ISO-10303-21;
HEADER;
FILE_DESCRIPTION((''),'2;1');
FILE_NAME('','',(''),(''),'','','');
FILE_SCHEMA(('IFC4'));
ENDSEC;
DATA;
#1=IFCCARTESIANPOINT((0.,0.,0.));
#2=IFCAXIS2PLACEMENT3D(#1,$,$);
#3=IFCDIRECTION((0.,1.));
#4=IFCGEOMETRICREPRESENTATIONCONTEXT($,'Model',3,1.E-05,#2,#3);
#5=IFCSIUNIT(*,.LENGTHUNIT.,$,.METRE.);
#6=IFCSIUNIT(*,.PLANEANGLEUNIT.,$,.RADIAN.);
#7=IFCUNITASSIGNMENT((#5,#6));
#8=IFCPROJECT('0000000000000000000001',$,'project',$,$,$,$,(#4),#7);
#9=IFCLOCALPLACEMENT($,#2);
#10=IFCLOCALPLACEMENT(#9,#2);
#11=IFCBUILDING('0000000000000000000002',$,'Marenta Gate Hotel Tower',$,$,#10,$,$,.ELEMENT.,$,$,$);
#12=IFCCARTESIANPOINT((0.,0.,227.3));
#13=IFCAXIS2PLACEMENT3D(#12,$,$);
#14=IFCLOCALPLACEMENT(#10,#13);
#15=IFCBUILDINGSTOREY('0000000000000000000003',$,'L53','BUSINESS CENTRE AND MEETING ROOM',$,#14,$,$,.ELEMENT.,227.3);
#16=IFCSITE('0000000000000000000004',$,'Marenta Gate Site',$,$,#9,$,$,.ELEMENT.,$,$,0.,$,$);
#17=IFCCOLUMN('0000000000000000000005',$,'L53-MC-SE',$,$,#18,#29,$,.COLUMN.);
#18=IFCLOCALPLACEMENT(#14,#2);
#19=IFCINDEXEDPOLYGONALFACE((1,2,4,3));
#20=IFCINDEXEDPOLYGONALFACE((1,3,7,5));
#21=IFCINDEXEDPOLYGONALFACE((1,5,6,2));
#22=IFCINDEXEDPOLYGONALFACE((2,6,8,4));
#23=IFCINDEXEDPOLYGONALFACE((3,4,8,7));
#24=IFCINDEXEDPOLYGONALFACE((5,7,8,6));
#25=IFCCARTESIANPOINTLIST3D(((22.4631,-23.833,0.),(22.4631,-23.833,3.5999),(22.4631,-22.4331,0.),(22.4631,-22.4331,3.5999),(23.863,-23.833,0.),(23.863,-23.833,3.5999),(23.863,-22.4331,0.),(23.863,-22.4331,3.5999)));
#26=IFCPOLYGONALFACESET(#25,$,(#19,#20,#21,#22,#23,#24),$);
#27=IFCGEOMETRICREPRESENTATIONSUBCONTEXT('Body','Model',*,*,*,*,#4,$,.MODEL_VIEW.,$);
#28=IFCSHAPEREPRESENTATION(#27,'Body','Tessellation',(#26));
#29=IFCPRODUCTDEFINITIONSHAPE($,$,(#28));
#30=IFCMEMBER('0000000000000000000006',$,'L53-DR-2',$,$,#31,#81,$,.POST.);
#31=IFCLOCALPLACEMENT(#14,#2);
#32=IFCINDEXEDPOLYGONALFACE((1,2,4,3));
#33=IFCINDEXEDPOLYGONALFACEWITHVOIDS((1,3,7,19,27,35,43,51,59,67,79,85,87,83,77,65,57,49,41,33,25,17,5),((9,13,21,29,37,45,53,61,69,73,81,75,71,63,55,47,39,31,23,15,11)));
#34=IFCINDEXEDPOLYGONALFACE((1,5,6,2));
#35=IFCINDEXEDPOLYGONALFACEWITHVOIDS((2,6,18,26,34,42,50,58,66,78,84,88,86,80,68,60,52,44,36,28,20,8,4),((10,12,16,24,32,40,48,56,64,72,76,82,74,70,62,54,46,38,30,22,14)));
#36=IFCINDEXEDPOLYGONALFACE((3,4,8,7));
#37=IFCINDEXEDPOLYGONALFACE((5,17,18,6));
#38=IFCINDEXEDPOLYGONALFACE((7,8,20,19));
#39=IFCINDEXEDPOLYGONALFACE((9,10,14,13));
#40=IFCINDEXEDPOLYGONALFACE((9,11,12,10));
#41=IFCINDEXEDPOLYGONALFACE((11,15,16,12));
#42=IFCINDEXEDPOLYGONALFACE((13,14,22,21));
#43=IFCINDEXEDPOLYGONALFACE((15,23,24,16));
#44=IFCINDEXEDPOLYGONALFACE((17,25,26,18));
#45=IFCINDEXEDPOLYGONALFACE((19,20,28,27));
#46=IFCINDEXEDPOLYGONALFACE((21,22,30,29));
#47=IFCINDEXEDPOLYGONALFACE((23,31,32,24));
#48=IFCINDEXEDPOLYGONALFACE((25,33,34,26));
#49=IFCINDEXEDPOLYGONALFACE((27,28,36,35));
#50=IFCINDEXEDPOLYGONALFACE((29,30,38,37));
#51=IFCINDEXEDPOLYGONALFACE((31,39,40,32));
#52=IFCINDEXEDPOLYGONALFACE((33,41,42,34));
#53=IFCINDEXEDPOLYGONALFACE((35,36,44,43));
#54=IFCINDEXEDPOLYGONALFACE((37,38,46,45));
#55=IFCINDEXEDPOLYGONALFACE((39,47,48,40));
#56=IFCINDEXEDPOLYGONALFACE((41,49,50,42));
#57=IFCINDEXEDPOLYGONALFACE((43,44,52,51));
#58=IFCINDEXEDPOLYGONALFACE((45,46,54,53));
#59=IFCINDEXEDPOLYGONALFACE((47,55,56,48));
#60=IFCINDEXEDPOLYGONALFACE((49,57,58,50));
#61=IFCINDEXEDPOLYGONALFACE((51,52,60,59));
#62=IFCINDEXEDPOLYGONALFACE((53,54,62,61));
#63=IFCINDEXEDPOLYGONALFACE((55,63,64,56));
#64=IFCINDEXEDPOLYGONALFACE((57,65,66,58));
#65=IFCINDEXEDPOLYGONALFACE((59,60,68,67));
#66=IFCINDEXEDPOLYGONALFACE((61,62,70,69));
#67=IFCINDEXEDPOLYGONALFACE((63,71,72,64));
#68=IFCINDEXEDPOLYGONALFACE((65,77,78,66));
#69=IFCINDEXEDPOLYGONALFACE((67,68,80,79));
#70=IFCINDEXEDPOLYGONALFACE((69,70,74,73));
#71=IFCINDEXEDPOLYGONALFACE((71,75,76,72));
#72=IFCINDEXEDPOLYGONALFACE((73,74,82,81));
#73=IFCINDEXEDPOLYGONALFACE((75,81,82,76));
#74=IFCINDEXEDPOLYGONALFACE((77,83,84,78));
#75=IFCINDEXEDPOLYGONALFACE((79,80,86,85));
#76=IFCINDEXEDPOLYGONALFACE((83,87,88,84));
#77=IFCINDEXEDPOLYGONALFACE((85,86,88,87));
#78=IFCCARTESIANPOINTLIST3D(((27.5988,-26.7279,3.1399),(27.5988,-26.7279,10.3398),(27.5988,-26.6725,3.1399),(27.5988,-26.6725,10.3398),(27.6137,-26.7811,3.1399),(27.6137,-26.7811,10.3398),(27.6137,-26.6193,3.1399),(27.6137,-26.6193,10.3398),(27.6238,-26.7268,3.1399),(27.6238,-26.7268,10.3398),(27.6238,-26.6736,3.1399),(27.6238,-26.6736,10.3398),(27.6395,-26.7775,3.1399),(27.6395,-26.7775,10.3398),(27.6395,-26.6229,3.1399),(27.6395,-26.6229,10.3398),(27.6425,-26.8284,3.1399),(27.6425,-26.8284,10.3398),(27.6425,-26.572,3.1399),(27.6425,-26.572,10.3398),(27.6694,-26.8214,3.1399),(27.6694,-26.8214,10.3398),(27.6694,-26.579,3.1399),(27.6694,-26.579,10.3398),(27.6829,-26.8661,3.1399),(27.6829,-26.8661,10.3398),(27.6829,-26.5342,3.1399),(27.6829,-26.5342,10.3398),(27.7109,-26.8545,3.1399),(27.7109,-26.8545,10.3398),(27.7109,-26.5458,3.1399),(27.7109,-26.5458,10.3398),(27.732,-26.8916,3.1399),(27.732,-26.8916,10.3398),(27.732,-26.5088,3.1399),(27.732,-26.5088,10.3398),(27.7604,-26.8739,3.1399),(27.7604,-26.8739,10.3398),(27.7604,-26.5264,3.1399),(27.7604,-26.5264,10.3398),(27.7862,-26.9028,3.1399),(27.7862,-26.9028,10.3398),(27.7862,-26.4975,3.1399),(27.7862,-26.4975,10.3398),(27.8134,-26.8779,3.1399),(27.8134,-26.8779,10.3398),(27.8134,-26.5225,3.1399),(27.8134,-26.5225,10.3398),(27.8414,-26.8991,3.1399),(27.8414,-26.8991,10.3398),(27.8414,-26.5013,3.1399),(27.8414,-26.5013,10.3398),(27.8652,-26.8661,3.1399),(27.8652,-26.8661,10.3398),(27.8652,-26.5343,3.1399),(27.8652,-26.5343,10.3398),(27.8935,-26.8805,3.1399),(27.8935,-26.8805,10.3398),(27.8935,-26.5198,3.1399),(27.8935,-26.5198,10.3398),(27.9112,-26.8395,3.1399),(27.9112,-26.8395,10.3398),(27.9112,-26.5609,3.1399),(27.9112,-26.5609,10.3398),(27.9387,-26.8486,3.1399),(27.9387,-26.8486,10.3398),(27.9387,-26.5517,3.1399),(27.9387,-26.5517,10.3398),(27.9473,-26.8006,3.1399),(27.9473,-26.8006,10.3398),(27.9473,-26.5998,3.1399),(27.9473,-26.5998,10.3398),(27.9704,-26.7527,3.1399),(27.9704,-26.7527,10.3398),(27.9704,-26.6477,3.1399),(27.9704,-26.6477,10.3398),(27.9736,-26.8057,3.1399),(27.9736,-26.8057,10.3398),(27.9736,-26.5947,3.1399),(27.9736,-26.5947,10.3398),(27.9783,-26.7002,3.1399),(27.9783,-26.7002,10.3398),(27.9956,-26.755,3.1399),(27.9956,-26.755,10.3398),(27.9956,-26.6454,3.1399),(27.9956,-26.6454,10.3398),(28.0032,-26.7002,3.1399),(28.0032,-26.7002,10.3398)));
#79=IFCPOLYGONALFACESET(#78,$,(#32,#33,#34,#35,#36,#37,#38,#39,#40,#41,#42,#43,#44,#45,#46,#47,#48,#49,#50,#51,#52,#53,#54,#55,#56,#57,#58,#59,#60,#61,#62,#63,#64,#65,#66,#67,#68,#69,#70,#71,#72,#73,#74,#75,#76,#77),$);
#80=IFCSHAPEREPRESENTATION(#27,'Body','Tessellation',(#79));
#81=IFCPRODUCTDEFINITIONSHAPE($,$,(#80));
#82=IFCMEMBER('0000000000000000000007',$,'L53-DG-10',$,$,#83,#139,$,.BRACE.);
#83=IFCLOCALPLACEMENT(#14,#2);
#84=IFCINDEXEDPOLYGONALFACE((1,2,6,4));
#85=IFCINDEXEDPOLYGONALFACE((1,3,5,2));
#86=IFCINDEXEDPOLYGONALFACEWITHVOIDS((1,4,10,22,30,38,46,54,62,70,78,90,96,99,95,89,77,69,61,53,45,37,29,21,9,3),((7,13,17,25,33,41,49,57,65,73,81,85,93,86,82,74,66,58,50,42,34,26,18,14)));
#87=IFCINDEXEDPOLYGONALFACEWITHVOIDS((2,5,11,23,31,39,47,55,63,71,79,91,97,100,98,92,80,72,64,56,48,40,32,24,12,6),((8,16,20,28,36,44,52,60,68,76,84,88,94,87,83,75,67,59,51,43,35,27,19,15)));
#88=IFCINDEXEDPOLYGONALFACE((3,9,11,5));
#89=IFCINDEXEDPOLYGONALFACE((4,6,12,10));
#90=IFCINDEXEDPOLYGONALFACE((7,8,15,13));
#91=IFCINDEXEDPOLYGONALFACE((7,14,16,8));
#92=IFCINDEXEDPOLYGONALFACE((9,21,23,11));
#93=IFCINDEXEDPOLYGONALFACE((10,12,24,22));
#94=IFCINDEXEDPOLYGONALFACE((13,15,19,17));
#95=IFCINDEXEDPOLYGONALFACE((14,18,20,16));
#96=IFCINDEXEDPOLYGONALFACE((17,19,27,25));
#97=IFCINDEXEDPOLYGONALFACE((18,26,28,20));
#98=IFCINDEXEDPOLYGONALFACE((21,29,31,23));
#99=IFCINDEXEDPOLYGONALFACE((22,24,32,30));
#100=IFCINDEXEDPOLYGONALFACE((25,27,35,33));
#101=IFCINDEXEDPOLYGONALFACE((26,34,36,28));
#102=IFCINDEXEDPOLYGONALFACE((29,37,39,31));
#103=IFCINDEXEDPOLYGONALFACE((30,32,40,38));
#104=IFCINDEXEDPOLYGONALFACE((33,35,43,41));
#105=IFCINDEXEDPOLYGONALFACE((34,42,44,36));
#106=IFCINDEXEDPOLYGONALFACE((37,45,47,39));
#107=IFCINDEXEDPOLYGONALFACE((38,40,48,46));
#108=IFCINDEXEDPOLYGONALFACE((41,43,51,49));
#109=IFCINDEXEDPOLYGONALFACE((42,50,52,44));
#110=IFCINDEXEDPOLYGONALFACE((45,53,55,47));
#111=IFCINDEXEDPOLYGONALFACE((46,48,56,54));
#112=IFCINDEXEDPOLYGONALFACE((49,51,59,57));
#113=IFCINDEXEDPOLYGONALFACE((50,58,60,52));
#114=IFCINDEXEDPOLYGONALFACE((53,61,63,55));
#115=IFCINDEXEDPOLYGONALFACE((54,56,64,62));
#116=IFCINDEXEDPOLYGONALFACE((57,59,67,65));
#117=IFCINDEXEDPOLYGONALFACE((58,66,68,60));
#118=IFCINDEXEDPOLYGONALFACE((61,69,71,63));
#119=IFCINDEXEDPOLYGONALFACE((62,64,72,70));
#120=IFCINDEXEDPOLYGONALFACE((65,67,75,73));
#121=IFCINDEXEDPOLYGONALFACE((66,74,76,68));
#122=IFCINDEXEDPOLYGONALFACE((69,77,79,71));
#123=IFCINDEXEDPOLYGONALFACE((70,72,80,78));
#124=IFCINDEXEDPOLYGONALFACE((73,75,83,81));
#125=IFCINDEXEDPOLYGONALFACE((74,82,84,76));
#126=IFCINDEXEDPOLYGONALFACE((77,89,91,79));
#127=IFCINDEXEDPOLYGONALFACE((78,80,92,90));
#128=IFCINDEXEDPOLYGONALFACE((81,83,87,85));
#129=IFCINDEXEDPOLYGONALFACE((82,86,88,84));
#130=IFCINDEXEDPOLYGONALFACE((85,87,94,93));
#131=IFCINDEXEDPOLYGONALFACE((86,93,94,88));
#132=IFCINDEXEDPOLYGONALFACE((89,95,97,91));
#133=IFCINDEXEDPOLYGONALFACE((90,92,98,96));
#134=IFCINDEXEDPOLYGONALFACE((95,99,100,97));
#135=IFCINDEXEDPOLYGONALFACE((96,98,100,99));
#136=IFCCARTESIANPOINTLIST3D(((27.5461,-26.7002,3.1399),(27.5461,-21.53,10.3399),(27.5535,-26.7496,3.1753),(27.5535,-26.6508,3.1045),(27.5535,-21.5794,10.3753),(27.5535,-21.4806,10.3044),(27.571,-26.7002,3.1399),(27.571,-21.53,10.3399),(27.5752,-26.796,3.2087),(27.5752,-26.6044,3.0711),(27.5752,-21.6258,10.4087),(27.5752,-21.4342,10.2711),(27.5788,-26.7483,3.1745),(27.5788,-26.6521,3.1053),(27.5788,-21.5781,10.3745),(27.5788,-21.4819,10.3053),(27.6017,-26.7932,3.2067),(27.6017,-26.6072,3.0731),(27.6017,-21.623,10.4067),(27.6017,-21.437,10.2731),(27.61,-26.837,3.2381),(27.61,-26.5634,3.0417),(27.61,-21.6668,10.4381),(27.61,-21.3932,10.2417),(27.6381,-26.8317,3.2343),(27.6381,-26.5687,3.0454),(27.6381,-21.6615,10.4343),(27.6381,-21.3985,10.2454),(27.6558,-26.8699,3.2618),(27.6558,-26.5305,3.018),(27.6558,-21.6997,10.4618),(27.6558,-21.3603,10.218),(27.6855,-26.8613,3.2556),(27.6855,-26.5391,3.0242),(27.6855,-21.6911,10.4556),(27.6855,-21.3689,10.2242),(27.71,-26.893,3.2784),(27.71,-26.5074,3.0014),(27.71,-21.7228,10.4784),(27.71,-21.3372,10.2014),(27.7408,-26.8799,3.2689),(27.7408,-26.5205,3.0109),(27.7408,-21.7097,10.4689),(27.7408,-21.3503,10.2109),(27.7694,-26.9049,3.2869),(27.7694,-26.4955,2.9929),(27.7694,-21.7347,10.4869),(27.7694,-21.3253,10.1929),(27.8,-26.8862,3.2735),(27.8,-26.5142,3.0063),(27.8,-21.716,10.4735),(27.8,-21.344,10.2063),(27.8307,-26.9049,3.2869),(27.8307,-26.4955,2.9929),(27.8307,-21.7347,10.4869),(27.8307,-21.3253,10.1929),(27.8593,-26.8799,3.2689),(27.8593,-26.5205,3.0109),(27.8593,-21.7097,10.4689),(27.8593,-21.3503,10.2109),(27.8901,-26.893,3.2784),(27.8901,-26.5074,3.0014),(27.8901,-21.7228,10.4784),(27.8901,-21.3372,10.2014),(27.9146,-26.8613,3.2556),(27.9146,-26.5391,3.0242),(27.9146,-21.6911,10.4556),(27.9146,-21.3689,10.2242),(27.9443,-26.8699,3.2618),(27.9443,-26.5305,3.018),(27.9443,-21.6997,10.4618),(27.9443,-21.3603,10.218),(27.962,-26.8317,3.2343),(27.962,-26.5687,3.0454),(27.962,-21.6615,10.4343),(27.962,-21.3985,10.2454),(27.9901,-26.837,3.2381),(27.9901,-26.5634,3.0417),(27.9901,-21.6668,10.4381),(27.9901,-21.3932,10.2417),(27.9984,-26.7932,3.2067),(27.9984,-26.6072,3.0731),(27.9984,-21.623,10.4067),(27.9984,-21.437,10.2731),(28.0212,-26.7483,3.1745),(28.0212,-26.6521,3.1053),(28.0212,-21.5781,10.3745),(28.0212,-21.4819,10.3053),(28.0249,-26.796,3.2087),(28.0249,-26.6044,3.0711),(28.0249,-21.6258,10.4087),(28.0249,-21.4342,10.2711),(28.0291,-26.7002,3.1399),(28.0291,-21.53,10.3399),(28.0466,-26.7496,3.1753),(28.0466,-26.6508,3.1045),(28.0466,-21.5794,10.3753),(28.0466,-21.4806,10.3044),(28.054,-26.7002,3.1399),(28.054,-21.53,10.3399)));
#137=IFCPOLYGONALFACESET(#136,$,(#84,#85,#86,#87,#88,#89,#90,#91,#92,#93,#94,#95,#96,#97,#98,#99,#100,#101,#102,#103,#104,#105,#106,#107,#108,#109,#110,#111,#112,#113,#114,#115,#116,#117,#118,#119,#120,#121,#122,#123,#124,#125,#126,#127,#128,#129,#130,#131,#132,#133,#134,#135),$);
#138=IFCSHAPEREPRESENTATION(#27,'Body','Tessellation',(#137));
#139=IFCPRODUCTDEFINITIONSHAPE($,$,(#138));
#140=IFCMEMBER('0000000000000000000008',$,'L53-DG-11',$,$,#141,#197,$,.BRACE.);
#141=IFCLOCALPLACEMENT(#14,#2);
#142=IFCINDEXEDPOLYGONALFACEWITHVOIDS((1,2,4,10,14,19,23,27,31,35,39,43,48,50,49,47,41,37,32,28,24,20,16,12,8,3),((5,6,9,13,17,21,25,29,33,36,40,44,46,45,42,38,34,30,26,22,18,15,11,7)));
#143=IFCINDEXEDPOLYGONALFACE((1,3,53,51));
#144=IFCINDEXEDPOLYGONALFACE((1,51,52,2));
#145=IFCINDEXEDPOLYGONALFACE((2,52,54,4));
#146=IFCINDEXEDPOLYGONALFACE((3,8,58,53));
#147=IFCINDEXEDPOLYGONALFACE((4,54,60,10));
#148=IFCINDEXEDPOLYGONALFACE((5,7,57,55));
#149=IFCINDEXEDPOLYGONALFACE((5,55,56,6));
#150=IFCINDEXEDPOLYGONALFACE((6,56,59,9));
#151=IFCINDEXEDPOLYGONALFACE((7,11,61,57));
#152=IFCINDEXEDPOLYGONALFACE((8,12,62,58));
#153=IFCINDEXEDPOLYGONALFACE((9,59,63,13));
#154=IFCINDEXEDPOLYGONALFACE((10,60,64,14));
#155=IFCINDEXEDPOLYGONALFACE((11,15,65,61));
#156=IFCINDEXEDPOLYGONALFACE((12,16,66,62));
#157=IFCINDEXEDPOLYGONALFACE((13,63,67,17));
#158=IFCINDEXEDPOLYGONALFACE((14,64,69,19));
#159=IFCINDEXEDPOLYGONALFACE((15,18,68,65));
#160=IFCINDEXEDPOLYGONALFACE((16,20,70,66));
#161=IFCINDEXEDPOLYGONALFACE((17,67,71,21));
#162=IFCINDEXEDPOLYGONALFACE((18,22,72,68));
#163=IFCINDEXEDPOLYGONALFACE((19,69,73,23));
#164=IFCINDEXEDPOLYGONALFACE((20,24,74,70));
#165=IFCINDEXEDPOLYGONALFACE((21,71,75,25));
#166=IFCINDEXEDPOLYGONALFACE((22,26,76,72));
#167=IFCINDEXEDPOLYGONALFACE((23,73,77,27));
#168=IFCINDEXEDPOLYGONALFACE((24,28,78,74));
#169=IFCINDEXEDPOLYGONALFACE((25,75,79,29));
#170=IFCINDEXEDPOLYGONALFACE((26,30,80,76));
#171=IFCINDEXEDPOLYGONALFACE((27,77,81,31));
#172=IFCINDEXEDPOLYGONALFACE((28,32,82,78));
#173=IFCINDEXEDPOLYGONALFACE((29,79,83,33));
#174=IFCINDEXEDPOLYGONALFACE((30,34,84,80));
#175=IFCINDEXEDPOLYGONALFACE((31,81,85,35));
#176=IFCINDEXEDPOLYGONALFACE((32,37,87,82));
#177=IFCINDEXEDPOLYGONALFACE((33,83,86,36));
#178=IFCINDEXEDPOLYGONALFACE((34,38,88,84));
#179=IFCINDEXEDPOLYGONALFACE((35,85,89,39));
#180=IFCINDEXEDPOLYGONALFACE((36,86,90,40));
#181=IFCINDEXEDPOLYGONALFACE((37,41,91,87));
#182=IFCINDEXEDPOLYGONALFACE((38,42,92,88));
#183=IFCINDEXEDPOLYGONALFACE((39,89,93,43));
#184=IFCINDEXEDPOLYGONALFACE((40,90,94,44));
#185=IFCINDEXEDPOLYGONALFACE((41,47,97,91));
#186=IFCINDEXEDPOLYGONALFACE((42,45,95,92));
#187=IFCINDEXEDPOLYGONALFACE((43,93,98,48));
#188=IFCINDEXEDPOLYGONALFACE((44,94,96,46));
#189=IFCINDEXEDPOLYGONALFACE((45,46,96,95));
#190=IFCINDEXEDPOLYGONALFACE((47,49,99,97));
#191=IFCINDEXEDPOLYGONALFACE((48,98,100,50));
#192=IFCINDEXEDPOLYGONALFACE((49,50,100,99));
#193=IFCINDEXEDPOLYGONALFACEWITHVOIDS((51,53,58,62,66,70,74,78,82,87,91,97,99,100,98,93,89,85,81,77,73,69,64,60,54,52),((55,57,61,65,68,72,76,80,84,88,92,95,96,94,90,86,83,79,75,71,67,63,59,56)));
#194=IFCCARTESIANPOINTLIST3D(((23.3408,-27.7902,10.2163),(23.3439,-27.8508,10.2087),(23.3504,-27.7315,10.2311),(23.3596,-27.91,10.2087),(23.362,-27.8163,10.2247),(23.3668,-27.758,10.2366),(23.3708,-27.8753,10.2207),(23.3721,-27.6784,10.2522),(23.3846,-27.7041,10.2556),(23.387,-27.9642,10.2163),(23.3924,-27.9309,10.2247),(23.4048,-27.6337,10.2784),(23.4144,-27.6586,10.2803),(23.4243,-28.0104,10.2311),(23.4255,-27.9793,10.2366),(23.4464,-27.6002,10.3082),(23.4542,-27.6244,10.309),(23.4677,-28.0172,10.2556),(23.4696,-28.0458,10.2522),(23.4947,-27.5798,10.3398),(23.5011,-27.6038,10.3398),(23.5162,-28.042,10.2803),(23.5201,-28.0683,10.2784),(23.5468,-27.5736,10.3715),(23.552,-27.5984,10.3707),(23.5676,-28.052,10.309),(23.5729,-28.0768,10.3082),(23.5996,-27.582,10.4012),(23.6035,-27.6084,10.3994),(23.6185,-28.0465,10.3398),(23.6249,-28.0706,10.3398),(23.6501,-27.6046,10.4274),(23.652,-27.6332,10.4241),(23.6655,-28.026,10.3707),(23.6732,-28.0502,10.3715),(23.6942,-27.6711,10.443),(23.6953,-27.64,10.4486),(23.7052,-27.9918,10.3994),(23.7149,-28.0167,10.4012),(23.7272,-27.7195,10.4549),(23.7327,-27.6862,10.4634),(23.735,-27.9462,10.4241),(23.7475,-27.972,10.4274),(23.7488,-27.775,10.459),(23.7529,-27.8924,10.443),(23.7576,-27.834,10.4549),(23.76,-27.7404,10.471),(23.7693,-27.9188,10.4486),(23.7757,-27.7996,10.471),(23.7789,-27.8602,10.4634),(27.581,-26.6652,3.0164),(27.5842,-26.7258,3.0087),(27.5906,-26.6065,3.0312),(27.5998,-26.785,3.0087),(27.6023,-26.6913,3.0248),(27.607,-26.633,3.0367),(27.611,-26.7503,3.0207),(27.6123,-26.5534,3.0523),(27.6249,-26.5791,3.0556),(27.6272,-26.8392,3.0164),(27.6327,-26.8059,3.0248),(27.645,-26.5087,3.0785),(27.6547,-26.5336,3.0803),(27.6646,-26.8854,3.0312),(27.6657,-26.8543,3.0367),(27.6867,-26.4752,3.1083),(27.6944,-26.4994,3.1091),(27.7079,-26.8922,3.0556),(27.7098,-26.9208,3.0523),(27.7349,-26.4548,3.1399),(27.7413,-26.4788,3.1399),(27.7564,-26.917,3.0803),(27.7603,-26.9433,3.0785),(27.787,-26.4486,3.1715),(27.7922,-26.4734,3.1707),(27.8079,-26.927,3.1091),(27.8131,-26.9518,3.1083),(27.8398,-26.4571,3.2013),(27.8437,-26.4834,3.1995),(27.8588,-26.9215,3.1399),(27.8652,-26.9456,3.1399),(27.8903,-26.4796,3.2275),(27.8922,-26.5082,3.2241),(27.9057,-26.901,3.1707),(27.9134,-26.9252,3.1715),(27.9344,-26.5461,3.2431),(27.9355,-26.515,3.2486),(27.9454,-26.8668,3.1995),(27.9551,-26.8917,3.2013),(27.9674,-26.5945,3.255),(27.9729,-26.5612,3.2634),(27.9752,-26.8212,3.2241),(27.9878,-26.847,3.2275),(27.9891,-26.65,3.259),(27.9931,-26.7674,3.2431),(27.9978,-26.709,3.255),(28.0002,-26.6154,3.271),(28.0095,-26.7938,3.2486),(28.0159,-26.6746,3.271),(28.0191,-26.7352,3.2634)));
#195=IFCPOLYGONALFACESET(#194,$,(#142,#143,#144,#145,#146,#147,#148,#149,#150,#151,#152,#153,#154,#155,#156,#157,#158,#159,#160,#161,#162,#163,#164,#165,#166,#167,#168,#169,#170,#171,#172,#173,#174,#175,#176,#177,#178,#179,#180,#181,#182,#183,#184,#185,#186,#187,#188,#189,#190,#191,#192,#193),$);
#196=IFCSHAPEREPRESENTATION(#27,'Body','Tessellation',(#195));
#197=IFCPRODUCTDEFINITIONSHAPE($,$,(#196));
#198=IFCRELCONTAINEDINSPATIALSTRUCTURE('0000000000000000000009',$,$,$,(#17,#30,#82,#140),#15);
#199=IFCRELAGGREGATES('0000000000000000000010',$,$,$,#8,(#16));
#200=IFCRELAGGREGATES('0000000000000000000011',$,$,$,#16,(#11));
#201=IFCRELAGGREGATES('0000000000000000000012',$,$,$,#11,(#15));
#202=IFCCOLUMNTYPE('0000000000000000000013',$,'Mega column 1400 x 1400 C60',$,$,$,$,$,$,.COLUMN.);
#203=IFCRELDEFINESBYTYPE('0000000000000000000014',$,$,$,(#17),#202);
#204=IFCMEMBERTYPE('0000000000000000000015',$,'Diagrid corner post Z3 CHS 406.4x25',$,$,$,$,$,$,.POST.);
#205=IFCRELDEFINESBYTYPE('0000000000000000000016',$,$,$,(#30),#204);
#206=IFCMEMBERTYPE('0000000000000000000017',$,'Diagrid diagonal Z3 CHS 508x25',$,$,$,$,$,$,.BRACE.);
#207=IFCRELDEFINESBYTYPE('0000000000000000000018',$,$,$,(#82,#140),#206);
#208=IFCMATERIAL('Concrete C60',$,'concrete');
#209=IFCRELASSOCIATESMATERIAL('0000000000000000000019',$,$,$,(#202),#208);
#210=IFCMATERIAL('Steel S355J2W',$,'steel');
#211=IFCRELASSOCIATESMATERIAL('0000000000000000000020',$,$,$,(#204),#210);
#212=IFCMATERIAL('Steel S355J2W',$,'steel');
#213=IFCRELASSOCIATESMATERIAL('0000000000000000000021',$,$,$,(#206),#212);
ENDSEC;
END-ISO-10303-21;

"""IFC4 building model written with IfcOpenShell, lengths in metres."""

from ifc_helpers import new_model, si_unit, direction, frame, origin, origin_2d, place, context, subcontext, project, spatial, rectangle, hollow_circle, extrude, material, material_profile, profile_set, type_object, element, save


model = new_model("IFC4")

# Units and contexts
model_context = context("Model", 3, precision=1e-05, world=origin(), true_north=direction((0.0, 1.0)))
body_context = subcontext(model_context, "Body", "Model", "MODEL_VIEW")
ifc_project = project(units=[si_unit("LENGTHUNIT", "METRE"), si_unit("PLANEANGLEUNIT", "RADIAN")], contexts=[model_context])

# Site, building, storey
site_placement = place(None, origin())
site = spatial("IfcSite", under=ifc_project, at=site_placement, Name="Marenta Gate Site", CompositionType="ELEMENT", RefElevation=0.0)
building_placement = place(site_placement, origin())
building = spatial("IfcBuilding", under=site, at=building_placement, Name="Marenta Gate Hotel Tower", CompositionType="ELEMENT")
storey_placement = place(building_placement, frame((0.0, 0.0, 227.3)))
storey = spatial("IfcBuildingStorey", under=building, at=storey_placement, Name="L53", Description="BUSINESS CENTRE AND MEETING ROOM", CompositionType="ELEMENT", Elevation=227.3)

# Column
ifc_material_1 = material(Name="Concrete C60", Category="concrete")
ifc_material_profile_1 = material_profile(ifc_material_1, rectangle(XDim=1.3999, YDim=1.3999, at=origin_2d()), Name="1400 x 1400")
ifc_profile_set_1 = profile_set([ifc_material_profile_1], Name="Concrete C60")
column_type = type_object("IfcColumnType", Name="Mega column 1400 x 1400 C60", PredefinedType="COLUMN", material=ifc_profile_set_1)
column_placement = place(storey_placement, frame((23.1631, -23.1331, 0.0), z_axis=(0.0, 0.0, 1.0), x_axis=(1.0, 0.0, 0.0)))
element("IfcColumn", 1, at=column_placement, inside=storey, type_object=column_type, Name="L53-MC-SE", PredefinedType="COLUMN", context=body_context, shape_type="SweptSolid", body=[
    extrude(rectangle(XDim=1.3999, YDim=1.3999, at=origin_2d()), origin(), (0.0, 0.0, 1.0), 3.5999),
])

# Members
ifc_material_2 = material(Name="Steel S355J2W", Category="steel")
ifc_material_profile_2 = material_profile(ifc_material_2, hollow_circle(Radius=0.2031, WallThickness=0.0249, at=origin_2d()), Name="CHS 406.4x25")
ifc_profile_set_2 = profile_set([ifc_material_profile_2], Name="Steel S355J2W")
member_type_1 = type_object("IfcMemberType", Name="Diagrid corner post Z3 CHS 406.4x25", PredefinedType="POST", material=ifc_profile_set_2)
member_1_placement = place(storey_placement, frame((27.8, -26.7002, 3.1399), z_axis=(0.0, 0.0, 1.0), x_axis=(1.0, 0.0, 0.0)))
element("IfcMember", 2, at=member_1_placement, inside=storey, type_object=member_type_1, Name="L53-DR-2", PredefinedType="POST", context=body_context, shape_type="SweptSolid", body=[
    extrude(hollow_circle(Radius=0.2031, WallThickness=0.0249, at=origin_2d()), origin(), (0.0, 0.0, 1.0), 7.2),
])
ifc_material_3 = material(Name="Steel S355J2W", Category="steel")
ifc_material_profile_3 = material_profile(ifc_material_3, hollow_circle(Radius=0.2539, WallThickness=0.0249, at=origin_2d()), Name="CHS 508x25")
ifc_profile_set_3 = profile_set([ifc_material_profile_3], Name="Steel S355J2W")
member_type_2 = type_object("IfcMemberType", Name="Diagrid diagonal Z3 CHS 508x25", PredefinedType="BRACE", material=ifc_profile_set_3)
member_2_placement = place(storey_placement, frame((27.8, -26.7002, 3.1399), z_axis=(0.0, 0.583279, 0.812272), x_axis=(-1.0, 0.0, 0.0)))
element("IfcMember", 3, at=member_2_placement, inside=storey, type_object=member_type_2, Name="L53-DG-10", PredefinedType="BRACE", context=body_context, shape_type="SweptSolid", body=[
    extrude(hollow_circle(Radius=0.2539, WallThickness=0.0249, at=origin_2d()), origin(), (0.0, 0.0, 1.0), 8.864),
])
member_3_placement = place(storey_placement, frame((27.8, -26.7002, 3.1399), z_axis=(-0.502924, -0.133434, 0.853969), x_axis=(0.256443, -0.966559, 0.0)))
element("IfcMember", 4, at=member_3_placement, inside=storey, type_object=member_type_2, Name="L53-DG-11", PredefinedType="BRACE", context=body_context, shape_type="SweptSolid", body=[
    extrude(hollow_circle(Radius=0.2539, WallThickness=0.0249, at=origin_2d()), origin(), (0.0, 0.0, 1.0), 8.4312),
])

save(model, "model.ifc")
